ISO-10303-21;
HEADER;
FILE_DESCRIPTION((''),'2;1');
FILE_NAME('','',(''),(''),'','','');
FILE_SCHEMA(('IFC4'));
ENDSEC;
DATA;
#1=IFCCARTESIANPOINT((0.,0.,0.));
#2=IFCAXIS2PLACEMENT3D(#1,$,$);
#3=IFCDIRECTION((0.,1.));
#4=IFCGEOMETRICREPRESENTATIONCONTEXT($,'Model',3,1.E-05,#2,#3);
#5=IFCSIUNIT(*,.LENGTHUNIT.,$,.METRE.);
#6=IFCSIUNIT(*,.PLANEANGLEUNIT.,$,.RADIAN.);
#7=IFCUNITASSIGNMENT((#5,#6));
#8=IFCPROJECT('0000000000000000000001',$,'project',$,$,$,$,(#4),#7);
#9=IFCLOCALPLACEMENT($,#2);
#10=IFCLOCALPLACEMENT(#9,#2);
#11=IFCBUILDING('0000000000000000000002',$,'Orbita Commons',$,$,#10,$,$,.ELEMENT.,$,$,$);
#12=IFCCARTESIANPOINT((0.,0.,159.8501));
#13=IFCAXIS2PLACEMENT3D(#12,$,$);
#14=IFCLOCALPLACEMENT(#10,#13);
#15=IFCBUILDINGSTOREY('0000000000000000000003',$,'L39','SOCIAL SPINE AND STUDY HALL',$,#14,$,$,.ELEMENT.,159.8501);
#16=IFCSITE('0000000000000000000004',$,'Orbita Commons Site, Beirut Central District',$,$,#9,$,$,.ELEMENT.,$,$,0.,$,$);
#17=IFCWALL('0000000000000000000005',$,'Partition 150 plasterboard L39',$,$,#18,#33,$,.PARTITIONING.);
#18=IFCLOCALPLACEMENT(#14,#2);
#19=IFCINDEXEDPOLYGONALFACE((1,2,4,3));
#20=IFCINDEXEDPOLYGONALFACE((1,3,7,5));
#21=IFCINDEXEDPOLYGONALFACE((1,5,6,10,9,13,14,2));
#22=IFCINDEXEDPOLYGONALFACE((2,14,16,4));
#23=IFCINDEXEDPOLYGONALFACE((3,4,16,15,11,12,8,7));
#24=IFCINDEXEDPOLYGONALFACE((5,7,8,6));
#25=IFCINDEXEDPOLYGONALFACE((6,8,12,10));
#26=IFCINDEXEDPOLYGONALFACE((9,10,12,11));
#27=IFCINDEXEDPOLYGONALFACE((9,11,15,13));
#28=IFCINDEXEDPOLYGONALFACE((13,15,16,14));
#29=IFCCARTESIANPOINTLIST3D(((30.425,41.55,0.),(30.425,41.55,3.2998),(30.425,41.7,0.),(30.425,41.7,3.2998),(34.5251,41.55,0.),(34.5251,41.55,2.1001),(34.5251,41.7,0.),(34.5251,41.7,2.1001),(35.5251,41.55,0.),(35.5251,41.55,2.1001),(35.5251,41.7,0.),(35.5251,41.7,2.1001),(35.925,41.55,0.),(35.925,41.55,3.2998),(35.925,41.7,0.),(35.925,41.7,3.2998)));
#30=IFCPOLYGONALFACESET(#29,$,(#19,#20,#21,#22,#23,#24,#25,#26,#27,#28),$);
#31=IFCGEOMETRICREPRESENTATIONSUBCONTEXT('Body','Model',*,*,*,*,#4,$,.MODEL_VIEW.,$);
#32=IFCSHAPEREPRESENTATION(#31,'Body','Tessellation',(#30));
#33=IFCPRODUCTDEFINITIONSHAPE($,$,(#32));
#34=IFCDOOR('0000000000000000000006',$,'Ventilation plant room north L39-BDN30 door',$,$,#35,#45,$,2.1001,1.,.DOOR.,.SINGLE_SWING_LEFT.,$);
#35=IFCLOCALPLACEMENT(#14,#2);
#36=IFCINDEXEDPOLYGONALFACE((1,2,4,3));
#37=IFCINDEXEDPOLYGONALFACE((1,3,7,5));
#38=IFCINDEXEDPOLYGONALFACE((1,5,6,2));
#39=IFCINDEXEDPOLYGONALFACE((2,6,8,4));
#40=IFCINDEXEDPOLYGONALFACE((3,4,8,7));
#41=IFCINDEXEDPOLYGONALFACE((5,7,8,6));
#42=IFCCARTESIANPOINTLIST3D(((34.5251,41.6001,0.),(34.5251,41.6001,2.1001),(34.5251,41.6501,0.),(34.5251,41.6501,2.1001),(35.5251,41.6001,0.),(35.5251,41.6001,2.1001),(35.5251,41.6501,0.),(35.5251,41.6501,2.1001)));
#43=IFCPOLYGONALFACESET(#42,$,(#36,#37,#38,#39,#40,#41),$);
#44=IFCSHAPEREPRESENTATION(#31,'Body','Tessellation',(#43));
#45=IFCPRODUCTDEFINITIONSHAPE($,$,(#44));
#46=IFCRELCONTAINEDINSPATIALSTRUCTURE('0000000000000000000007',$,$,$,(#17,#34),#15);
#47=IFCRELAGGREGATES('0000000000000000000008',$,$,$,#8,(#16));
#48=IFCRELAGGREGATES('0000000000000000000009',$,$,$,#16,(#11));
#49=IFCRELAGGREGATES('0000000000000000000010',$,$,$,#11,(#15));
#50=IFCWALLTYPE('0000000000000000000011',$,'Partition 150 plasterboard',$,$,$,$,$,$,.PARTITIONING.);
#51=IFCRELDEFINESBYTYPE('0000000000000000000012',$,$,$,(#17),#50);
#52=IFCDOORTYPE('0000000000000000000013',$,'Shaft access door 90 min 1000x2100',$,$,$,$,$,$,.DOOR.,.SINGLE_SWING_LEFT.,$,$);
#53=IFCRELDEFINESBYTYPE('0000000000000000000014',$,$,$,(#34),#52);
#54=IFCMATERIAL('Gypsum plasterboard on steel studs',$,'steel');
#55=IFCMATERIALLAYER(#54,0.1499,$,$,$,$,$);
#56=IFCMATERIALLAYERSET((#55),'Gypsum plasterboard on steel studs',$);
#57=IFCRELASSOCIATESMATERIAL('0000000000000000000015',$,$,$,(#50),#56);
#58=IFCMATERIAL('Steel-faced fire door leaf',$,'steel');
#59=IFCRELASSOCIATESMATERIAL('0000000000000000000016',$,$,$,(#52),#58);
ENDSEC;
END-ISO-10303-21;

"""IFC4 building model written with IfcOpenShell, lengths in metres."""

from ifc_helpers import new_model, si_unit, direction, frame, frame_2d, origin, place, context, subcontext, project, spatial, rectangle, extrude, material, layer, layer_set, type_object, element, fill, save


model = new_model("IFC4")

# Units and contexts
model_context = context("Model", 3, precision=1e-05, world=origin(), true_north=direction((0.0, 1.0)))
body_context = subcontext(model_context, "Body", "Model", "MODEL_VIEW")
ifc_project = project(units=[si_unit("LENGTHUNIT", "METRE"), si_unit("PLANEANGLEUNIT", "RADIAN")], contexts=[model_context])

# Site, building, storey
site_placement = place(None, origin())
site = spatial("IfcSite", under=ifc_project, at=site_placement, Name="Orbita Commons Site, Beirut Central District", CompositionType="ELEMENT", RefElevation=0.0)
building_placement = place(site_placement, origin())
building = spatial("IfcBuilding", under=site, at=building_placement, Name="Orbita Commons", CompositionType="ELEMENT")
storey_placement = place(building_placement, frame((0.0, 0.0, 159.8501)))
storey = spatial("IfcBuildingStorey", under=building, at=storey_placement, Name="L39", Description="SOCIAL SPINE AND STUDY HALL", CompositionType="ELEMENT", Elevation=159.8501)

# Wall, opening, door
ifc_material_1 = material(Name="Gypsum plasterboard on steel studs", Category="steel")
ifc_layer_1 = layer(ifc_material_1, 0.1499)
ifc_layer_set_1 = layer_set([ifc_layer_1], Name="Gypsum plasterboard on steel studs")
wall_type_1 = type_object("IfcWallType", Name="Partition 150 plasterboard", PredefinedType="PARTITIONING", material=ifc_layer_set_1)
wall_1_placement = place(storey_placement, frame((35.925, 41.625, 0.0), z_axis=(0.0, 0.0, 1.0), x_axis=(-1.0, 0.0, 0.0)))
wall_1 = element("IfcWall", 1, at=wall_1_placement, inside=storey, type_object=wall_type_1, Name="Partition 150 plasterboard L39", PredefinedType="PARTITIONING", context=body_context, shape_type="SweptSolid", body=[
    extrude(rectangle(XDim=5.5, YDim=0.1499, at=frame_2d((2.75, 0.0))), origin(), (0.0, 0.0, 1.0), 3.2998),
])
opening_1_placement = place(wall_1_placement, frame((0.3999, 0.0, 0.0)))
opening_1 = element("IfcOpeningElement", 2, at=opening_1_placement, cuts=wall_1, PredefinedType="OPENING", context=body_context, shape_type="SweptSolid", body=[
    extrude(rectangle(XDim=1.0, YDim=2.1001, at=frame_2d((0.5, 1.05))), frame((0.0, 0.085, 0.0), z_axis=(0.0, -1.0, 0.0), x_axis=(1.0, 0.0, 0.0)), (0.0, 0.0, 1.0), 0.1699),
])
ifc_material_2 = material(Name="Steel-faced fire door leaf", Category="steel")
door_type_1 = type_object("IfcDoorType", Name="Shaft access door 90 min 1000x2100", OperationType="SINGLE_SWING_LEFT", PredefinedType="DOOR", material=ifc_material_2)
door_1_placement = place(opening_1_placement, origin())
door_1 = element("IfcDoor", 3, at=door_1_placement, inside=storey, type_object=door_type_1, Name="Ventilation plant room north L39-BDN30 door", OperationType="SINGLE_SWING_LEFT", OverallHeight=2.1001, OverallWidth=1.0, PredefinedType="DOOR", context=body_context, shape_type="SweptSolid", body=[
    extrude(rectangle(XDim=1.0, YDim=2.1001, at=frame_2d((0.5, 1.05))), frame((0.0, 0.0249, 0.0), z_axis=(0.0, -1.0, 0.0), x_axis=(1.0, 0.0, 0.0)), (0.0, 0.0, 1.0), 0.05),
])
fill(opening_1, door_1)

save(model, "model.ifc")
